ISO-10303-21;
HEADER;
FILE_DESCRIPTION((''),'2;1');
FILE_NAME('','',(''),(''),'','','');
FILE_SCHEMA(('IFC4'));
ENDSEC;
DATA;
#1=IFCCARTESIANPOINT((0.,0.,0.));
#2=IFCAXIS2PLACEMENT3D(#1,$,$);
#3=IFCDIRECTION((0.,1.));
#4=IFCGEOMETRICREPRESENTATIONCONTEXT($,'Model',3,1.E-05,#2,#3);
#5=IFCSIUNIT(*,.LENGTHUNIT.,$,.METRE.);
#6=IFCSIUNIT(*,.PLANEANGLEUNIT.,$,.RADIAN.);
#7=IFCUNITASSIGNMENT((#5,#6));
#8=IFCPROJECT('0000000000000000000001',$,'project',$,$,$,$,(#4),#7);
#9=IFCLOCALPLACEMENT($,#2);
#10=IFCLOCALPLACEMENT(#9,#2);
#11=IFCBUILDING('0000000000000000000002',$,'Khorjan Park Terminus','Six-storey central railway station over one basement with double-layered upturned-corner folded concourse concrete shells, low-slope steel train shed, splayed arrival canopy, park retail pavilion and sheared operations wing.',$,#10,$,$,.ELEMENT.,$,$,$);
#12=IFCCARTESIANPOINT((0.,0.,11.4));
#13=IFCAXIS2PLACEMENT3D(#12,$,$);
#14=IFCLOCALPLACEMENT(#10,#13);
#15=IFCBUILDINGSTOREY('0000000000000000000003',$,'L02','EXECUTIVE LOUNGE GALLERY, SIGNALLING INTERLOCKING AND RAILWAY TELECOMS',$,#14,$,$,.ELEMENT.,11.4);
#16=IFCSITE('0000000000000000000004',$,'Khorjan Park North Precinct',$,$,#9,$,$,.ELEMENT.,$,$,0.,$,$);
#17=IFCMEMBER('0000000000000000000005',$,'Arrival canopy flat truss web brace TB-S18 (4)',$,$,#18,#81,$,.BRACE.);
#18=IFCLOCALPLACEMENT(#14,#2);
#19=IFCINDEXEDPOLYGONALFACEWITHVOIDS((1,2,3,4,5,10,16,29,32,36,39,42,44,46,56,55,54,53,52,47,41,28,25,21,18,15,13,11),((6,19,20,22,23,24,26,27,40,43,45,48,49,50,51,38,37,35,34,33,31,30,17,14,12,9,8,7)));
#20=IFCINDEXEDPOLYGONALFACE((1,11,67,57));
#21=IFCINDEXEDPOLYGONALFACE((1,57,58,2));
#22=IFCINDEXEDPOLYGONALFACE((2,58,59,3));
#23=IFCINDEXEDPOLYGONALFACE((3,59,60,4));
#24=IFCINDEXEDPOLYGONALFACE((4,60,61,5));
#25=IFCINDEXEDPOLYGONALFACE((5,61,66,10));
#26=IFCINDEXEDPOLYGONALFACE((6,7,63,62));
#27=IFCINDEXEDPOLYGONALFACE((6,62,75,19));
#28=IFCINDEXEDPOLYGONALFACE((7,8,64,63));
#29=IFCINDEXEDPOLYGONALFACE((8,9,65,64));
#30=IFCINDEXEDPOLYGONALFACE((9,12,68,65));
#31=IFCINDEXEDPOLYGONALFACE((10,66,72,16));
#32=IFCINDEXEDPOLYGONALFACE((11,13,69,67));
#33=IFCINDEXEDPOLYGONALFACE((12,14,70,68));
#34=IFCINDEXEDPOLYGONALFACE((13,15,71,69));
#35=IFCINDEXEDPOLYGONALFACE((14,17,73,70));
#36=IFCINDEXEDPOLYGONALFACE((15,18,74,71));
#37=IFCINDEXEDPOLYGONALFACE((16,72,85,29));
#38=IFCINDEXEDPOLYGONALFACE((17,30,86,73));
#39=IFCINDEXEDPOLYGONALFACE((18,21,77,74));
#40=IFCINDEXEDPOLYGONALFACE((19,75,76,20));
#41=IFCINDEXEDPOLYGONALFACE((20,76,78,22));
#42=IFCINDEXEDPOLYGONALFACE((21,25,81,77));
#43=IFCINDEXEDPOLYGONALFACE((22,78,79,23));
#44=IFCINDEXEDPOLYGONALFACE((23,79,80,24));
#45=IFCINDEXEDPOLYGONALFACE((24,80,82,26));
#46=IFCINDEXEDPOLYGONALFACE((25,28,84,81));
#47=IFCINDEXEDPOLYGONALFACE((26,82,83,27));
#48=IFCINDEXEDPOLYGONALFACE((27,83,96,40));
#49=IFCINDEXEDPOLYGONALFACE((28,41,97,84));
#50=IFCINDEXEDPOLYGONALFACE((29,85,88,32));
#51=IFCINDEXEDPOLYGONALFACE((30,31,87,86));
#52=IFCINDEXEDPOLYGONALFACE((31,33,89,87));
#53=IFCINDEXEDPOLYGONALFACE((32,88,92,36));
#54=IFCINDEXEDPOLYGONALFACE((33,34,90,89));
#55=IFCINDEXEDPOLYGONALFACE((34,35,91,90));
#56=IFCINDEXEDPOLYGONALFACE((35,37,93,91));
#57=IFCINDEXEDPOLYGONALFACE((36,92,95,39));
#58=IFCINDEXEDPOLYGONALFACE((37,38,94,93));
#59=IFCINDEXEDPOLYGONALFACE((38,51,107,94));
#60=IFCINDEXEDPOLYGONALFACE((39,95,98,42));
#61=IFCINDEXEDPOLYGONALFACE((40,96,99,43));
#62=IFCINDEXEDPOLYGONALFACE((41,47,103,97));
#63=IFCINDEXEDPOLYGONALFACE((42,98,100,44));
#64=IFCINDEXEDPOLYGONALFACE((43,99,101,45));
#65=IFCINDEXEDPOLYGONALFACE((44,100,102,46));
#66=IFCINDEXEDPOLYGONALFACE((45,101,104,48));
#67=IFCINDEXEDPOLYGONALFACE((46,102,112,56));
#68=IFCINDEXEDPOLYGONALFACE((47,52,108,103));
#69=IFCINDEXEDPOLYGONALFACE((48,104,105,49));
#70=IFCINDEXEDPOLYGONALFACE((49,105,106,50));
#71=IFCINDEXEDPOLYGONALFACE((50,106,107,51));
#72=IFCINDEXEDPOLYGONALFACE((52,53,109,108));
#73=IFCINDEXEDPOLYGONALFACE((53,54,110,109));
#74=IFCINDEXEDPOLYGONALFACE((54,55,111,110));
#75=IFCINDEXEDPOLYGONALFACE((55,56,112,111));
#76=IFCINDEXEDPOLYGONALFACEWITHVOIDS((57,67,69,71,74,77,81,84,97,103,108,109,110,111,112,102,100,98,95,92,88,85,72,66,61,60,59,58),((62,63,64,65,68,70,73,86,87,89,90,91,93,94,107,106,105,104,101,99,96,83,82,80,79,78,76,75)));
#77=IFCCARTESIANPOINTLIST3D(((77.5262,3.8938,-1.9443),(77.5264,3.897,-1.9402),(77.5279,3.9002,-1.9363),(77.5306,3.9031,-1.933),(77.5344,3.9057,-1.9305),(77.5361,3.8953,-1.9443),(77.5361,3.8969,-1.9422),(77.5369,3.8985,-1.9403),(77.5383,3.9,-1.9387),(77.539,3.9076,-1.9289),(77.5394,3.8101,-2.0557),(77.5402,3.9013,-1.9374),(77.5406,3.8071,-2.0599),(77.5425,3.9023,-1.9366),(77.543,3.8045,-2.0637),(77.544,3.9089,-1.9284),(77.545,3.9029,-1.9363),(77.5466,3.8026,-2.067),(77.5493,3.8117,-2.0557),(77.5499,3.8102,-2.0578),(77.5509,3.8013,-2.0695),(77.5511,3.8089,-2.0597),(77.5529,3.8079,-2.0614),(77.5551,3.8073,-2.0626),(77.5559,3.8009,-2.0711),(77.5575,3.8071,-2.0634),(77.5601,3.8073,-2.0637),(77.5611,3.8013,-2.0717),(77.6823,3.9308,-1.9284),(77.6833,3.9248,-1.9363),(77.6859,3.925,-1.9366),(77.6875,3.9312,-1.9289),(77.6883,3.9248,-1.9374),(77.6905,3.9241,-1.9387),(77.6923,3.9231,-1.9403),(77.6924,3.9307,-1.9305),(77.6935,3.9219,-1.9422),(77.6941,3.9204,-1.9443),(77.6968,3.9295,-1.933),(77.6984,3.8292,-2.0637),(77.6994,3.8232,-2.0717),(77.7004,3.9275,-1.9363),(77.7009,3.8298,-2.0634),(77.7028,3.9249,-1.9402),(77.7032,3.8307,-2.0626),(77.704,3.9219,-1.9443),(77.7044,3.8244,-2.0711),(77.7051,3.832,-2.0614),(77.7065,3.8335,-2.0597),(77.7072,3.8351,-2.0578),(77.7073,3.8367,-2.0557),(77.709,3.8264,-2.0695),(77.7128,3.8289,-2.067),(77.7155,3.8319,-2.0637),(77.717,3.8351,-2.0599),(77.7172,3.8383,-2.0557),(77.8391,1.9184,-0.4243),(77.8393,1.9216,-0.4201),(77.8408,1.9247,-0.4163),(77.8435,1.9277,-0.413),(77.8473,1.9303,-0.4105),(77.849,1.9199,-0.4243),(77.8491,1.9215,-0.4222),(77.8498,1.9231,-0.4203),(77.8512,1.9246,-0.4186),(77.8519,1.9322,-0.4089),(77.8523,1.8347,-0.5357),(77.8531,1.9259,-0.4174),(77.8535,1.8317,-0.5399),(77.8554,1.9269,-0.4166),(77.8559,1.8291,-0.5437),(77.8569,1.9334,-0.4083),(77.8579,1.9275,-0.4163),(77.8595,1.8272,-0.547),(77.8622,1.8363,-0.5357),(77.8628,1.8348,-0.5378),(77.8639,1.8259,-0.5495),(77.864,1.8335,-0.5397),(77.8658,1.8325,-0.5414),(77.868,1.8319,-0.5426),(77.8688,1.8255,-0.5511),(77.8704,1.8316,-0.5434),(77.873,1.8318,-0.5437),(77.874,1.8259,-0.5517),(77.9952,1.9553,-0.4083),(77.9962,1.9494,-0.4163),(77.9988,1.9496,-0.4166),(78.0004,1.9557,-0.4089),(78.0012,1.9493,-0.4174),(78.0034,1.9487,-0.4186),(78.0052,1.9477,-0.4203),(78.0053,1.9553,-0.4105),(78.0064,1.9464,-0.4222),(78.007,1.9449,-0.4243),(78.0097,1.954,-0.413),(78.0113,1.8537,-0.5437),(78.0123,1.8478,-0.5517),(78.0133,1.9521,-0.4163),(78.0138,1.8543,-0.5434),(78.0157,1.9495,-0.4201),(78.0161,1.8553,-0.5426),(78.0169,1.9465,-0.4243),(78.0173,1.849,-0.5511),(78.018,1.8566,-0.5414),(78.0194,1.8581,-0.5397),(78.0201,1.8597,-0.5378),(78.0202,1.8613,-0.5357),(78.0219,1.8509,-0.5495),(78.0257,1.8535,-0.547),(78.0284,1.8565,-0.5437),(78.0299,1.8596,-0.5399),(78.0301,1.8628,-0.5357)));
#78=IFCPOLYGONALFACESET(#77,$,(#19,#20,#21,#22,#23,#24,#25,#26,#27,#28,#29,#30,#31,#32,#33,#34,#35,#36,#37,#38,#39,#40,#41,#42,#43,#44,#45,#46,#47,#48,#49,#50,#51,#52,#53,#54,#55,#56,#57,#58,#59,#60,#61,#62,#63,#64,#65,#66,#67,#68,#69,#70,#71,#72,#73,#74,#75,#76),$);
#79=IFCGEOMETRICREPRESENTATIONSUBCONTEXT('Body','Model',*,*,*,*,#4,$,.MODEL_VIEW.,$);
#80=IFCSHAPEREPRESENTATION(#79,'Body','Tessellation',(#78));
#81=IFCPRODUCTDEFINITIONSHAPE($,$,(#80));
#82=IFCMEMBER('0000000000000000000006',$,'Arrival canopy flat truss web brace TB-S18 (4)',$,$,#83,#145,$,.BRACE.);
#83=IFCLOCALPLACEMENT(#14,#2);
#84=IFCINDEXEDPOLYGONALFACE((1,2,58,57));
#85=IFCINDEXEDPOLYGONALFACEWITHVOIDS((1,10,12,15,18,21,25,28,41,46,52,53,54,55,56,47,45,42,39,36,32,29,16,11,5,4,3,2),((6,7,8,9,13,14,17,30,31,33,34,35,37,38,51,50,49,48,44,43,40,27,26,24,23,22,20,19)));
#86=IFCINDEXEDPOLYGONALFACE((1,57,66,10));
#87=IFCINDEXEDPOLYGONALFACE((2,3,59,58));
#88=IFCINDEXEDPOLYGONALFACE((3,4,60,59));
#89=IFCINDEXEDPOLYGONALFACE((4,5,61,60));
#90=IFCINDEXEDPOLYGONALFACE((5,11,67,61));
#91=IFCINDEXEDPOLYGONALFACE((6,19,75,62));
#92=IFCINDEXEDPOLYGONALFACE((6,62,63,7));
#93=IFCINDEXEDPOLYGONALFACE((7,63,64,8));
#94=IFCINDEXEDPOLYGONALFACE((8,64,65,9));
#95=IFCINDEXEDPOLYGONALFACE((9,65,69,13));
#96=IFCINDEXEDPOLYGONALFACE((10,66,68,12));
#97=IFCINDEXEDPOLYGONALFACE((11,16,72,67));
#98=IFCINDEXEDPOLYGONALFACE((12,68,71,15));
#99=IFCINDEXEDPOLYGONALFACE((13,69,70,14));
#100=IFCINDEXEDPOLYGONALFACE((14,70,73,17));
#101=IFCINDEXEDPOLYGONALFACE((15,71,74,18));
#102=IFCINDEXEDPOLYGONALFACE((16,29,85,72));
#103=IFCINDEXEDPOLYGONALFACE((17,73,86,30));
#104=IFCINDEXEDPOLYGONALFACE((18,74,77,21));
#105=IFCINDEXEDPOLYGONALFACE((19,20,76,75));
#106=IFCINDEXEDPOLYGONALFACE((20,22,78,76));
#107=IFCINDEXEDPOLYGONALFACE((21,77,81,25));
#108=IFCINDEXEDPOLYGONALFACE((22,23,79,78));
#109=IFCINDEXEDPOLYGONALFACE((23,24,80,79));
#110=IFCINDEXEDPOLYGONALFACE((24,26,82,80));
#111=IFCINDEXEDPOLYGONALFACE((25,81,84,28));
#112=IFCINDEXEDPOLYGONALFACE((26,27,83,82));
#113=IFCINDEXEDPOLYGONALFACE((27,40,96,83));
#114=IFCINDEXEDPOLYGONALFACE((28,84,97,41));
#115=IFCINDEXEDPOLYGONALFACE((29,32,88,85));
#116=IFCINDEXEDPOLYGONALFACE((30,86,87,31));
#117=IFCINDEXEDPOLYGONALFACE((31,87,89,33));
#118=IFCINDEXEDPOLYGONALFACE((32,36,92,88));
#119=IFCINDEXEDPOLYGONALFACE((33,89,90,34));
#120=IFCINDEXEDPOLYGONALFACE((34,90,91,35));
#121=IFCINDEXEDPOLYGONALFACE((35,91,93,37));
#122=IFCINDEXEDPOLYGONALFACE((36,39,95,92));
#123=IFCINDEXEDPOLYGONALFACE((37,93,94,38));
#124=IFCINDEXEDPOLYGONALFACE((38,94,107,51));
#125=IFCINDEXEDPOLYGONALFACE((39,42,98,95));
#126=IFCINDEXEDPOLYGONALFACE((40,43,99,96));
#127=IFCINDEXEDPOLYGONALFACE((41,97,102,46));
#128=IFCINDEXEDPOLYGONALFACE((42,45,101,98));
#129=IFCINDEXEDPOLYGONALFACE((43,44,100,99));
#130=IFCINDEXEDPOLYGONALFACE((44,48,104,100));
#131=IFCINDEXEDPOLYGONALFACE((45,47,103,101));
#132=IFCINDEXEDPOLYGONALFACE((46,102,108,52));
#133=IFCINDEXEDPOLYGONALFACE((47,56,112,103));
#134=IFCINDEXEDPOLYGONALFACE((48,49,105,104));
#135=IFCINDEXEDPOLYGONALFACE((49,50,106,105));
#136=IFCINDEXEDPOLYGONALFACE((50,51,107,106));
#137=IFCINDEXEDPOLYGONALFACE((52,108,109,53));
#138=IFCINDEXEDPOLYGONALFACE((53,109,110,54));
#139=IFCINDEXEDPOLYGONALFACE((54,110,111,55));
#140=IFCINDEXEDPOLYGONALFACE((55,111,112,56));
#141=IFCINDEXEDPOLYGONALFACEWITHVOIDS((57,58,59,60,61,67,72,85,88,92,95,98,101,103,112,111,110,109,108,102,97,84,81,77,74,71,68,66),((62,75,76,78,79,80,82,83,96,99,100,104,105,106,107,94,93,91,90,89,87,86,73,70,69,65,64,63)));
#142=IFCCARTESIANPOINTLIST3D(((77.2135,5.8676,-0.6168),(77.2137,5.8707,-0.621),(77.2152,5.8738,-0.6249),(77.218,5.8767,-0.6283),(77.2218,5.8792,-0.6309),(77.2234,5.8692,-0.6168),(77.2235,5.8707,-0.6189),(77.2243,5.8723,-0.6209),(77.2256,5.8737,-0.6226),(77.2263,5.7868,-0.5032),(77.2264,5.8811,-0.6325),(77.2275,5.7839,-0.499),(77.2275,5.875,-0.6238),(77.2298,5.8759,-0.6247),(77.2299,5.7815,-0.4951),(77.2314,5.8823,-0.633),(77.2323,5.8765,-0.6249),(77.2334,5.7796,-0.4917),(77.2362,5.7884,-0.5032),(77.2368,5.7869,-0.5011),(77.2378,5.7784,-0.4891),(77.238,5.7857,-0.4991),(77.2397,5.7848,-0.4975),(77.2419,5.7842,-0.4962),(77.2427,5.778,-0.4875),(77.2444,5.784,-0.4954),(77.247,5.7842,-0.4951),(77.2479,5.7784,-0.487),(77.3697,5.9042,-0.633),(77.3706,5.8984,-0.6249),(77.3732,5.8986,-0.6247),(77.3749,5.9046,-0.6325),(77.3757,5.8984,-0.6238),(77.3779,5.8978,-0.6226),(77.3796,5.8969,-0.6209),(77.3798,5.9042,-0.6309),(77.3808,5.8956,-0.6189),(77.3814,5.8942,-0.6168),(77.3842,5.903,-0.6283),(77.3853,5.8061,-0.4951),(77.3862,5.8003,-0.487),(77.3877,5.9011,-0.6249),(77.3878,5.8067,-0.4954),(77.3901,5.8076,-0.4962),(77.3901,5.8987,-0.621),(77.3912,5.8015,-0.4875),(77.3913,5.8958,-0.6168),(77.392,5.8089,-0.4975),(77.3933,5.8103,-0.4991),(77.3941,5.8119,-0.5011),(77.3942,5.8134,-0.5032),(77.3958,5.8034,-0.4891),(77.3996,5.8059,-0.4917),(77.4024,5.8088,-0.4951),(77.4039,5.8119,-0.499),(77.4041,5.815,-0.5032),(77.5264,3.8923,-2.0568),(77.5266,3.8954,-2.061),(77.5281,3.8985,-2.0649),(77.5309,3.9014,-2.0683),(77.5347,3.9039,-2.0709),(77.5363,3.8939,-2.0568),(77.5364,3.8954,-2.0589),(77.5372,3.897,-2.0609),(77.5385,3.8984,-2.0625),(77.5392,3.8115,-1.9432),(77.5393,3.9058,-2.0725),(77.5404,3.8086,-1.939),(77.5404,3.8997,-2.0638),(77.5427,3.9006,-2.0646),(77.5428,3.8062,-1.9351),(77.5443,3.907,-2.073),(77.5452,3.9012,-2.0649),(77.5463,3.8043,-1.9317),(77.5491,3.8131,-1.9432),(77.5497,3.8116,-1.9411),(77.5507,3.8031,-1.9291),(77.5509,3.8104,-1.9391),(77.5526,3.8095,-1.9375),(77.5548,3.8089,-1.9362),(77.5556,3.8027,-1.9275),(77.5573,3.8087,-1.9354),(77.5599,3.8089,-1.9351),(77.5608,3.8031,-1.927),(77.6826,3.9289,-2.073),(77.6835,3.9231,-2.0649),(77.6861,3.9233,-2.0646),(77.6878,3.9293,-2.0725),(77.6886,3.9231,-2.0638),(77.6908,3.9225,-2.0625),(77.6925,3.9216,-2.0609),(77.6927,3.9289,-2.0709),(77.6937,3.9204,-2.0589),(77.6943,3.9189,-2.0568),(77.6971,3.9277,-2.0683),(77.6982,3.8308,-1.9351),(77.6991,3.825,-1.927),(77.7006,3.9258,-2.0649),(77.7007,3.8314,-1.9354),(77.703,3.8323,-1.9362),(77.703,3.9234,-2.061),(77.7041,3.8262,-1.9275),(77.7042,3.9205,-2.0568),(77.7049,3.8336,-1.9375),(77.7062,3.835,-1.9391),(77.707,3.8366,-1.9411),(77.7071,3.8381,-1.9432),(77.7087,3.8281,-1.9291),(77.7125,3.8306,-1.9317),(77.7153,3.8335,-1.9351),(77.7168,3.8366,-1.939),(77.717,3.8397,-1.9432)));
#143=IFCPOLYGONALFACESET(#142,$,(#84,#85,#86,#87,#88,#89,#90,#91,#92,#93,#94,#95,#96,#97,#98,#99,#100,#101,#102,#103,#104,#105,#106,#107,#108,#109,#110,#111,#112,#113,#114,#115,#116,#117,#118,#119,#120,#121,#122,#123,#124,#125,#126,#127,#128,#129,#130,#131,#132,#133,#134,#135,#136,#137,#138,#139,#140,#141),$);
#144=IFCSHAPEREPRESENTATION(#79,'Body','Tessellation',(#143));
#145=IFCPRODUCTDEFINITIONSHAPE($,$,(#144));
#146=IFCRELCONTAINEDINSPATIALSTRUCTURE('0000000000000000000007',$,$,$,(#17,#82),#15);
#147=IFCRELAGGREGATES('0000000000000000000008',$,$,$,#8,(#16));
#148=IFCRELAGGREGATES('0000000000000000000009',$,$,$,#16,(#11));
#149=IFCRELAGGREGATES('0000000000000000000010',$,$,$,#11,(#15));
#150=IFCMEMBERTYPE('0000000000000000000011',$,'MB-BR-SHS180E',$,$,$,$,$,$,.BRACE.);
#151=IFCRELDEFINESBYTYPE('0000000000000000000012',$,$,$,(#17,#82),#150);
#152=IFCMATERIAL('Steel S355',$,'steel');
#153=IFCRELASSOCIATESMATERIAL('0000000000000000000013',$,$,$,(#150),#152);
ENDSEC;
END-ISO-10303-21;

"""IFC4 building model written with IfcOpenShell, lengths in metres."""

from ifc_helpers import new_model, si_unit, direction, frame, origin, origin_2d, place, context, subcontext, project, spatial, hollow_rectangle, extrude, material, material_profile, profile_set, type_object, element, save


model = new_model("IFC4")

# Units and contexts
model_context = context("Model", 3, precision=1e-05, world=origin(), true_north=direction((0.0, 1.0)))
body_context = subcontext(model_context, "Body", "Model", "MODEL_VIEW")
ifc_project = project(units=[si_unit("LENGTHUNIT", "METRE"), si_unit("PLANEANGLEUNIT", "RADIAN")], contexts=[model_context])

# Site, building, storey
site_placement = place(None, origin())
site = spatial("IfcSite", under=ifc_project, at=site_placement, Name="Khorjan Park North Precinct", CompositionType="ELEMENT", RefElevation=0.0)
building_placement = place(site_placement, origin())
building = spatial("IfcBuilding", under=site, at=building_placement, Name="Khorjan Park Terminus", Description="Six-storey central railway station over one basement with double-layered upturned-corner folded concourse concrete shells, low-slope steel train shed, splayed arrival canopy, park retail pavilion and sheared operations wing.", CompositionType="ELEMENT")
storey_placement = place(building_placement, frame((0.0, 0.0, 11.4)))
storey = spatial("IfcBuildingStorey", under=building, at=storey_placement, Name="L02", Description="EXECUTIVE LOUNGE GALLERY, SIGNALLING INTERLOCKING AND RAILWAY TELECOMS", CompositionType="ELEMENT", Elevation=11.4)

# Members
ifc_material = material(Name="Steel S355", Category="steel")
ifc_material_profile_1 = material_profile(ifc_material, hollow_rectangle(XDim=0.18, YDim=0.18, WallThickness=0.01, InnerFilletRadius=0.01, OuterFilletRadius=0.02, at=origin_2d()), Name="SHS 180x180x10")
ifc_profile_set_1 = profile_set([ifc_material_profile_1], Name="Steel S355")
member_type_1 = type_object("IfcMemberType", Name="MB-BR-SHS180E", PredefinedType="BRACE", material=ifc_profile_set_1)
for number, where, z_axis, x_axis, name in (
    (1, (77.9346, 1.8906, -0.48), (-0.124558, 0.786362, -0.605078), (-0.987686, -0.156448, 0.0), "Arrival canopy flat truss web brace TB-S18 (4)"),
):
    element("IfcMember", number, at=place(storey_placement, frame(where, z_axis=z_axis, x_axis=x_axis)), inside=storey, type_object=member_type_1, Name=name, PredefinedType="BRACE", context=body_context, shape_type="SweptSolid", body=[
        extrude(hollow_rectangle(XDim=0.18, YDim=0.18, WallThickness=0.01, InnerFilletRadius=0.01, OuterFilletRadius=0.02, at=origin_2d()), origin(), (0.0, 0.0, 1.0), 2.5121),
    ])
member_1_placement = place(storey_placement, frame((77.6217, 3.866, -2.0), z_axis=(-0.126968, 0.801531, 0.584318), x_axis=(-0.987685, -0.156456, 0.0)))
element("IfcMember", 2, at=member_1_placement, inside=storey, type_object=member_type_1, Name="Arrival canopy flat truss web brace TB-S18 (4)", PredefinedType="BRACE", context=body_context, shape_type="SweptSolid", body=[
    extrude(hollow_rectangle(XDim=0.18, YDim=0.18, WallThickness=0.01, InnerFilletRadius=0.01, OuterFilletRadius=0.02, at=origin_2d()), origin(), (0.0, 0.0, 1.0), 2.4644),
])

save(model, "model.ifc")
